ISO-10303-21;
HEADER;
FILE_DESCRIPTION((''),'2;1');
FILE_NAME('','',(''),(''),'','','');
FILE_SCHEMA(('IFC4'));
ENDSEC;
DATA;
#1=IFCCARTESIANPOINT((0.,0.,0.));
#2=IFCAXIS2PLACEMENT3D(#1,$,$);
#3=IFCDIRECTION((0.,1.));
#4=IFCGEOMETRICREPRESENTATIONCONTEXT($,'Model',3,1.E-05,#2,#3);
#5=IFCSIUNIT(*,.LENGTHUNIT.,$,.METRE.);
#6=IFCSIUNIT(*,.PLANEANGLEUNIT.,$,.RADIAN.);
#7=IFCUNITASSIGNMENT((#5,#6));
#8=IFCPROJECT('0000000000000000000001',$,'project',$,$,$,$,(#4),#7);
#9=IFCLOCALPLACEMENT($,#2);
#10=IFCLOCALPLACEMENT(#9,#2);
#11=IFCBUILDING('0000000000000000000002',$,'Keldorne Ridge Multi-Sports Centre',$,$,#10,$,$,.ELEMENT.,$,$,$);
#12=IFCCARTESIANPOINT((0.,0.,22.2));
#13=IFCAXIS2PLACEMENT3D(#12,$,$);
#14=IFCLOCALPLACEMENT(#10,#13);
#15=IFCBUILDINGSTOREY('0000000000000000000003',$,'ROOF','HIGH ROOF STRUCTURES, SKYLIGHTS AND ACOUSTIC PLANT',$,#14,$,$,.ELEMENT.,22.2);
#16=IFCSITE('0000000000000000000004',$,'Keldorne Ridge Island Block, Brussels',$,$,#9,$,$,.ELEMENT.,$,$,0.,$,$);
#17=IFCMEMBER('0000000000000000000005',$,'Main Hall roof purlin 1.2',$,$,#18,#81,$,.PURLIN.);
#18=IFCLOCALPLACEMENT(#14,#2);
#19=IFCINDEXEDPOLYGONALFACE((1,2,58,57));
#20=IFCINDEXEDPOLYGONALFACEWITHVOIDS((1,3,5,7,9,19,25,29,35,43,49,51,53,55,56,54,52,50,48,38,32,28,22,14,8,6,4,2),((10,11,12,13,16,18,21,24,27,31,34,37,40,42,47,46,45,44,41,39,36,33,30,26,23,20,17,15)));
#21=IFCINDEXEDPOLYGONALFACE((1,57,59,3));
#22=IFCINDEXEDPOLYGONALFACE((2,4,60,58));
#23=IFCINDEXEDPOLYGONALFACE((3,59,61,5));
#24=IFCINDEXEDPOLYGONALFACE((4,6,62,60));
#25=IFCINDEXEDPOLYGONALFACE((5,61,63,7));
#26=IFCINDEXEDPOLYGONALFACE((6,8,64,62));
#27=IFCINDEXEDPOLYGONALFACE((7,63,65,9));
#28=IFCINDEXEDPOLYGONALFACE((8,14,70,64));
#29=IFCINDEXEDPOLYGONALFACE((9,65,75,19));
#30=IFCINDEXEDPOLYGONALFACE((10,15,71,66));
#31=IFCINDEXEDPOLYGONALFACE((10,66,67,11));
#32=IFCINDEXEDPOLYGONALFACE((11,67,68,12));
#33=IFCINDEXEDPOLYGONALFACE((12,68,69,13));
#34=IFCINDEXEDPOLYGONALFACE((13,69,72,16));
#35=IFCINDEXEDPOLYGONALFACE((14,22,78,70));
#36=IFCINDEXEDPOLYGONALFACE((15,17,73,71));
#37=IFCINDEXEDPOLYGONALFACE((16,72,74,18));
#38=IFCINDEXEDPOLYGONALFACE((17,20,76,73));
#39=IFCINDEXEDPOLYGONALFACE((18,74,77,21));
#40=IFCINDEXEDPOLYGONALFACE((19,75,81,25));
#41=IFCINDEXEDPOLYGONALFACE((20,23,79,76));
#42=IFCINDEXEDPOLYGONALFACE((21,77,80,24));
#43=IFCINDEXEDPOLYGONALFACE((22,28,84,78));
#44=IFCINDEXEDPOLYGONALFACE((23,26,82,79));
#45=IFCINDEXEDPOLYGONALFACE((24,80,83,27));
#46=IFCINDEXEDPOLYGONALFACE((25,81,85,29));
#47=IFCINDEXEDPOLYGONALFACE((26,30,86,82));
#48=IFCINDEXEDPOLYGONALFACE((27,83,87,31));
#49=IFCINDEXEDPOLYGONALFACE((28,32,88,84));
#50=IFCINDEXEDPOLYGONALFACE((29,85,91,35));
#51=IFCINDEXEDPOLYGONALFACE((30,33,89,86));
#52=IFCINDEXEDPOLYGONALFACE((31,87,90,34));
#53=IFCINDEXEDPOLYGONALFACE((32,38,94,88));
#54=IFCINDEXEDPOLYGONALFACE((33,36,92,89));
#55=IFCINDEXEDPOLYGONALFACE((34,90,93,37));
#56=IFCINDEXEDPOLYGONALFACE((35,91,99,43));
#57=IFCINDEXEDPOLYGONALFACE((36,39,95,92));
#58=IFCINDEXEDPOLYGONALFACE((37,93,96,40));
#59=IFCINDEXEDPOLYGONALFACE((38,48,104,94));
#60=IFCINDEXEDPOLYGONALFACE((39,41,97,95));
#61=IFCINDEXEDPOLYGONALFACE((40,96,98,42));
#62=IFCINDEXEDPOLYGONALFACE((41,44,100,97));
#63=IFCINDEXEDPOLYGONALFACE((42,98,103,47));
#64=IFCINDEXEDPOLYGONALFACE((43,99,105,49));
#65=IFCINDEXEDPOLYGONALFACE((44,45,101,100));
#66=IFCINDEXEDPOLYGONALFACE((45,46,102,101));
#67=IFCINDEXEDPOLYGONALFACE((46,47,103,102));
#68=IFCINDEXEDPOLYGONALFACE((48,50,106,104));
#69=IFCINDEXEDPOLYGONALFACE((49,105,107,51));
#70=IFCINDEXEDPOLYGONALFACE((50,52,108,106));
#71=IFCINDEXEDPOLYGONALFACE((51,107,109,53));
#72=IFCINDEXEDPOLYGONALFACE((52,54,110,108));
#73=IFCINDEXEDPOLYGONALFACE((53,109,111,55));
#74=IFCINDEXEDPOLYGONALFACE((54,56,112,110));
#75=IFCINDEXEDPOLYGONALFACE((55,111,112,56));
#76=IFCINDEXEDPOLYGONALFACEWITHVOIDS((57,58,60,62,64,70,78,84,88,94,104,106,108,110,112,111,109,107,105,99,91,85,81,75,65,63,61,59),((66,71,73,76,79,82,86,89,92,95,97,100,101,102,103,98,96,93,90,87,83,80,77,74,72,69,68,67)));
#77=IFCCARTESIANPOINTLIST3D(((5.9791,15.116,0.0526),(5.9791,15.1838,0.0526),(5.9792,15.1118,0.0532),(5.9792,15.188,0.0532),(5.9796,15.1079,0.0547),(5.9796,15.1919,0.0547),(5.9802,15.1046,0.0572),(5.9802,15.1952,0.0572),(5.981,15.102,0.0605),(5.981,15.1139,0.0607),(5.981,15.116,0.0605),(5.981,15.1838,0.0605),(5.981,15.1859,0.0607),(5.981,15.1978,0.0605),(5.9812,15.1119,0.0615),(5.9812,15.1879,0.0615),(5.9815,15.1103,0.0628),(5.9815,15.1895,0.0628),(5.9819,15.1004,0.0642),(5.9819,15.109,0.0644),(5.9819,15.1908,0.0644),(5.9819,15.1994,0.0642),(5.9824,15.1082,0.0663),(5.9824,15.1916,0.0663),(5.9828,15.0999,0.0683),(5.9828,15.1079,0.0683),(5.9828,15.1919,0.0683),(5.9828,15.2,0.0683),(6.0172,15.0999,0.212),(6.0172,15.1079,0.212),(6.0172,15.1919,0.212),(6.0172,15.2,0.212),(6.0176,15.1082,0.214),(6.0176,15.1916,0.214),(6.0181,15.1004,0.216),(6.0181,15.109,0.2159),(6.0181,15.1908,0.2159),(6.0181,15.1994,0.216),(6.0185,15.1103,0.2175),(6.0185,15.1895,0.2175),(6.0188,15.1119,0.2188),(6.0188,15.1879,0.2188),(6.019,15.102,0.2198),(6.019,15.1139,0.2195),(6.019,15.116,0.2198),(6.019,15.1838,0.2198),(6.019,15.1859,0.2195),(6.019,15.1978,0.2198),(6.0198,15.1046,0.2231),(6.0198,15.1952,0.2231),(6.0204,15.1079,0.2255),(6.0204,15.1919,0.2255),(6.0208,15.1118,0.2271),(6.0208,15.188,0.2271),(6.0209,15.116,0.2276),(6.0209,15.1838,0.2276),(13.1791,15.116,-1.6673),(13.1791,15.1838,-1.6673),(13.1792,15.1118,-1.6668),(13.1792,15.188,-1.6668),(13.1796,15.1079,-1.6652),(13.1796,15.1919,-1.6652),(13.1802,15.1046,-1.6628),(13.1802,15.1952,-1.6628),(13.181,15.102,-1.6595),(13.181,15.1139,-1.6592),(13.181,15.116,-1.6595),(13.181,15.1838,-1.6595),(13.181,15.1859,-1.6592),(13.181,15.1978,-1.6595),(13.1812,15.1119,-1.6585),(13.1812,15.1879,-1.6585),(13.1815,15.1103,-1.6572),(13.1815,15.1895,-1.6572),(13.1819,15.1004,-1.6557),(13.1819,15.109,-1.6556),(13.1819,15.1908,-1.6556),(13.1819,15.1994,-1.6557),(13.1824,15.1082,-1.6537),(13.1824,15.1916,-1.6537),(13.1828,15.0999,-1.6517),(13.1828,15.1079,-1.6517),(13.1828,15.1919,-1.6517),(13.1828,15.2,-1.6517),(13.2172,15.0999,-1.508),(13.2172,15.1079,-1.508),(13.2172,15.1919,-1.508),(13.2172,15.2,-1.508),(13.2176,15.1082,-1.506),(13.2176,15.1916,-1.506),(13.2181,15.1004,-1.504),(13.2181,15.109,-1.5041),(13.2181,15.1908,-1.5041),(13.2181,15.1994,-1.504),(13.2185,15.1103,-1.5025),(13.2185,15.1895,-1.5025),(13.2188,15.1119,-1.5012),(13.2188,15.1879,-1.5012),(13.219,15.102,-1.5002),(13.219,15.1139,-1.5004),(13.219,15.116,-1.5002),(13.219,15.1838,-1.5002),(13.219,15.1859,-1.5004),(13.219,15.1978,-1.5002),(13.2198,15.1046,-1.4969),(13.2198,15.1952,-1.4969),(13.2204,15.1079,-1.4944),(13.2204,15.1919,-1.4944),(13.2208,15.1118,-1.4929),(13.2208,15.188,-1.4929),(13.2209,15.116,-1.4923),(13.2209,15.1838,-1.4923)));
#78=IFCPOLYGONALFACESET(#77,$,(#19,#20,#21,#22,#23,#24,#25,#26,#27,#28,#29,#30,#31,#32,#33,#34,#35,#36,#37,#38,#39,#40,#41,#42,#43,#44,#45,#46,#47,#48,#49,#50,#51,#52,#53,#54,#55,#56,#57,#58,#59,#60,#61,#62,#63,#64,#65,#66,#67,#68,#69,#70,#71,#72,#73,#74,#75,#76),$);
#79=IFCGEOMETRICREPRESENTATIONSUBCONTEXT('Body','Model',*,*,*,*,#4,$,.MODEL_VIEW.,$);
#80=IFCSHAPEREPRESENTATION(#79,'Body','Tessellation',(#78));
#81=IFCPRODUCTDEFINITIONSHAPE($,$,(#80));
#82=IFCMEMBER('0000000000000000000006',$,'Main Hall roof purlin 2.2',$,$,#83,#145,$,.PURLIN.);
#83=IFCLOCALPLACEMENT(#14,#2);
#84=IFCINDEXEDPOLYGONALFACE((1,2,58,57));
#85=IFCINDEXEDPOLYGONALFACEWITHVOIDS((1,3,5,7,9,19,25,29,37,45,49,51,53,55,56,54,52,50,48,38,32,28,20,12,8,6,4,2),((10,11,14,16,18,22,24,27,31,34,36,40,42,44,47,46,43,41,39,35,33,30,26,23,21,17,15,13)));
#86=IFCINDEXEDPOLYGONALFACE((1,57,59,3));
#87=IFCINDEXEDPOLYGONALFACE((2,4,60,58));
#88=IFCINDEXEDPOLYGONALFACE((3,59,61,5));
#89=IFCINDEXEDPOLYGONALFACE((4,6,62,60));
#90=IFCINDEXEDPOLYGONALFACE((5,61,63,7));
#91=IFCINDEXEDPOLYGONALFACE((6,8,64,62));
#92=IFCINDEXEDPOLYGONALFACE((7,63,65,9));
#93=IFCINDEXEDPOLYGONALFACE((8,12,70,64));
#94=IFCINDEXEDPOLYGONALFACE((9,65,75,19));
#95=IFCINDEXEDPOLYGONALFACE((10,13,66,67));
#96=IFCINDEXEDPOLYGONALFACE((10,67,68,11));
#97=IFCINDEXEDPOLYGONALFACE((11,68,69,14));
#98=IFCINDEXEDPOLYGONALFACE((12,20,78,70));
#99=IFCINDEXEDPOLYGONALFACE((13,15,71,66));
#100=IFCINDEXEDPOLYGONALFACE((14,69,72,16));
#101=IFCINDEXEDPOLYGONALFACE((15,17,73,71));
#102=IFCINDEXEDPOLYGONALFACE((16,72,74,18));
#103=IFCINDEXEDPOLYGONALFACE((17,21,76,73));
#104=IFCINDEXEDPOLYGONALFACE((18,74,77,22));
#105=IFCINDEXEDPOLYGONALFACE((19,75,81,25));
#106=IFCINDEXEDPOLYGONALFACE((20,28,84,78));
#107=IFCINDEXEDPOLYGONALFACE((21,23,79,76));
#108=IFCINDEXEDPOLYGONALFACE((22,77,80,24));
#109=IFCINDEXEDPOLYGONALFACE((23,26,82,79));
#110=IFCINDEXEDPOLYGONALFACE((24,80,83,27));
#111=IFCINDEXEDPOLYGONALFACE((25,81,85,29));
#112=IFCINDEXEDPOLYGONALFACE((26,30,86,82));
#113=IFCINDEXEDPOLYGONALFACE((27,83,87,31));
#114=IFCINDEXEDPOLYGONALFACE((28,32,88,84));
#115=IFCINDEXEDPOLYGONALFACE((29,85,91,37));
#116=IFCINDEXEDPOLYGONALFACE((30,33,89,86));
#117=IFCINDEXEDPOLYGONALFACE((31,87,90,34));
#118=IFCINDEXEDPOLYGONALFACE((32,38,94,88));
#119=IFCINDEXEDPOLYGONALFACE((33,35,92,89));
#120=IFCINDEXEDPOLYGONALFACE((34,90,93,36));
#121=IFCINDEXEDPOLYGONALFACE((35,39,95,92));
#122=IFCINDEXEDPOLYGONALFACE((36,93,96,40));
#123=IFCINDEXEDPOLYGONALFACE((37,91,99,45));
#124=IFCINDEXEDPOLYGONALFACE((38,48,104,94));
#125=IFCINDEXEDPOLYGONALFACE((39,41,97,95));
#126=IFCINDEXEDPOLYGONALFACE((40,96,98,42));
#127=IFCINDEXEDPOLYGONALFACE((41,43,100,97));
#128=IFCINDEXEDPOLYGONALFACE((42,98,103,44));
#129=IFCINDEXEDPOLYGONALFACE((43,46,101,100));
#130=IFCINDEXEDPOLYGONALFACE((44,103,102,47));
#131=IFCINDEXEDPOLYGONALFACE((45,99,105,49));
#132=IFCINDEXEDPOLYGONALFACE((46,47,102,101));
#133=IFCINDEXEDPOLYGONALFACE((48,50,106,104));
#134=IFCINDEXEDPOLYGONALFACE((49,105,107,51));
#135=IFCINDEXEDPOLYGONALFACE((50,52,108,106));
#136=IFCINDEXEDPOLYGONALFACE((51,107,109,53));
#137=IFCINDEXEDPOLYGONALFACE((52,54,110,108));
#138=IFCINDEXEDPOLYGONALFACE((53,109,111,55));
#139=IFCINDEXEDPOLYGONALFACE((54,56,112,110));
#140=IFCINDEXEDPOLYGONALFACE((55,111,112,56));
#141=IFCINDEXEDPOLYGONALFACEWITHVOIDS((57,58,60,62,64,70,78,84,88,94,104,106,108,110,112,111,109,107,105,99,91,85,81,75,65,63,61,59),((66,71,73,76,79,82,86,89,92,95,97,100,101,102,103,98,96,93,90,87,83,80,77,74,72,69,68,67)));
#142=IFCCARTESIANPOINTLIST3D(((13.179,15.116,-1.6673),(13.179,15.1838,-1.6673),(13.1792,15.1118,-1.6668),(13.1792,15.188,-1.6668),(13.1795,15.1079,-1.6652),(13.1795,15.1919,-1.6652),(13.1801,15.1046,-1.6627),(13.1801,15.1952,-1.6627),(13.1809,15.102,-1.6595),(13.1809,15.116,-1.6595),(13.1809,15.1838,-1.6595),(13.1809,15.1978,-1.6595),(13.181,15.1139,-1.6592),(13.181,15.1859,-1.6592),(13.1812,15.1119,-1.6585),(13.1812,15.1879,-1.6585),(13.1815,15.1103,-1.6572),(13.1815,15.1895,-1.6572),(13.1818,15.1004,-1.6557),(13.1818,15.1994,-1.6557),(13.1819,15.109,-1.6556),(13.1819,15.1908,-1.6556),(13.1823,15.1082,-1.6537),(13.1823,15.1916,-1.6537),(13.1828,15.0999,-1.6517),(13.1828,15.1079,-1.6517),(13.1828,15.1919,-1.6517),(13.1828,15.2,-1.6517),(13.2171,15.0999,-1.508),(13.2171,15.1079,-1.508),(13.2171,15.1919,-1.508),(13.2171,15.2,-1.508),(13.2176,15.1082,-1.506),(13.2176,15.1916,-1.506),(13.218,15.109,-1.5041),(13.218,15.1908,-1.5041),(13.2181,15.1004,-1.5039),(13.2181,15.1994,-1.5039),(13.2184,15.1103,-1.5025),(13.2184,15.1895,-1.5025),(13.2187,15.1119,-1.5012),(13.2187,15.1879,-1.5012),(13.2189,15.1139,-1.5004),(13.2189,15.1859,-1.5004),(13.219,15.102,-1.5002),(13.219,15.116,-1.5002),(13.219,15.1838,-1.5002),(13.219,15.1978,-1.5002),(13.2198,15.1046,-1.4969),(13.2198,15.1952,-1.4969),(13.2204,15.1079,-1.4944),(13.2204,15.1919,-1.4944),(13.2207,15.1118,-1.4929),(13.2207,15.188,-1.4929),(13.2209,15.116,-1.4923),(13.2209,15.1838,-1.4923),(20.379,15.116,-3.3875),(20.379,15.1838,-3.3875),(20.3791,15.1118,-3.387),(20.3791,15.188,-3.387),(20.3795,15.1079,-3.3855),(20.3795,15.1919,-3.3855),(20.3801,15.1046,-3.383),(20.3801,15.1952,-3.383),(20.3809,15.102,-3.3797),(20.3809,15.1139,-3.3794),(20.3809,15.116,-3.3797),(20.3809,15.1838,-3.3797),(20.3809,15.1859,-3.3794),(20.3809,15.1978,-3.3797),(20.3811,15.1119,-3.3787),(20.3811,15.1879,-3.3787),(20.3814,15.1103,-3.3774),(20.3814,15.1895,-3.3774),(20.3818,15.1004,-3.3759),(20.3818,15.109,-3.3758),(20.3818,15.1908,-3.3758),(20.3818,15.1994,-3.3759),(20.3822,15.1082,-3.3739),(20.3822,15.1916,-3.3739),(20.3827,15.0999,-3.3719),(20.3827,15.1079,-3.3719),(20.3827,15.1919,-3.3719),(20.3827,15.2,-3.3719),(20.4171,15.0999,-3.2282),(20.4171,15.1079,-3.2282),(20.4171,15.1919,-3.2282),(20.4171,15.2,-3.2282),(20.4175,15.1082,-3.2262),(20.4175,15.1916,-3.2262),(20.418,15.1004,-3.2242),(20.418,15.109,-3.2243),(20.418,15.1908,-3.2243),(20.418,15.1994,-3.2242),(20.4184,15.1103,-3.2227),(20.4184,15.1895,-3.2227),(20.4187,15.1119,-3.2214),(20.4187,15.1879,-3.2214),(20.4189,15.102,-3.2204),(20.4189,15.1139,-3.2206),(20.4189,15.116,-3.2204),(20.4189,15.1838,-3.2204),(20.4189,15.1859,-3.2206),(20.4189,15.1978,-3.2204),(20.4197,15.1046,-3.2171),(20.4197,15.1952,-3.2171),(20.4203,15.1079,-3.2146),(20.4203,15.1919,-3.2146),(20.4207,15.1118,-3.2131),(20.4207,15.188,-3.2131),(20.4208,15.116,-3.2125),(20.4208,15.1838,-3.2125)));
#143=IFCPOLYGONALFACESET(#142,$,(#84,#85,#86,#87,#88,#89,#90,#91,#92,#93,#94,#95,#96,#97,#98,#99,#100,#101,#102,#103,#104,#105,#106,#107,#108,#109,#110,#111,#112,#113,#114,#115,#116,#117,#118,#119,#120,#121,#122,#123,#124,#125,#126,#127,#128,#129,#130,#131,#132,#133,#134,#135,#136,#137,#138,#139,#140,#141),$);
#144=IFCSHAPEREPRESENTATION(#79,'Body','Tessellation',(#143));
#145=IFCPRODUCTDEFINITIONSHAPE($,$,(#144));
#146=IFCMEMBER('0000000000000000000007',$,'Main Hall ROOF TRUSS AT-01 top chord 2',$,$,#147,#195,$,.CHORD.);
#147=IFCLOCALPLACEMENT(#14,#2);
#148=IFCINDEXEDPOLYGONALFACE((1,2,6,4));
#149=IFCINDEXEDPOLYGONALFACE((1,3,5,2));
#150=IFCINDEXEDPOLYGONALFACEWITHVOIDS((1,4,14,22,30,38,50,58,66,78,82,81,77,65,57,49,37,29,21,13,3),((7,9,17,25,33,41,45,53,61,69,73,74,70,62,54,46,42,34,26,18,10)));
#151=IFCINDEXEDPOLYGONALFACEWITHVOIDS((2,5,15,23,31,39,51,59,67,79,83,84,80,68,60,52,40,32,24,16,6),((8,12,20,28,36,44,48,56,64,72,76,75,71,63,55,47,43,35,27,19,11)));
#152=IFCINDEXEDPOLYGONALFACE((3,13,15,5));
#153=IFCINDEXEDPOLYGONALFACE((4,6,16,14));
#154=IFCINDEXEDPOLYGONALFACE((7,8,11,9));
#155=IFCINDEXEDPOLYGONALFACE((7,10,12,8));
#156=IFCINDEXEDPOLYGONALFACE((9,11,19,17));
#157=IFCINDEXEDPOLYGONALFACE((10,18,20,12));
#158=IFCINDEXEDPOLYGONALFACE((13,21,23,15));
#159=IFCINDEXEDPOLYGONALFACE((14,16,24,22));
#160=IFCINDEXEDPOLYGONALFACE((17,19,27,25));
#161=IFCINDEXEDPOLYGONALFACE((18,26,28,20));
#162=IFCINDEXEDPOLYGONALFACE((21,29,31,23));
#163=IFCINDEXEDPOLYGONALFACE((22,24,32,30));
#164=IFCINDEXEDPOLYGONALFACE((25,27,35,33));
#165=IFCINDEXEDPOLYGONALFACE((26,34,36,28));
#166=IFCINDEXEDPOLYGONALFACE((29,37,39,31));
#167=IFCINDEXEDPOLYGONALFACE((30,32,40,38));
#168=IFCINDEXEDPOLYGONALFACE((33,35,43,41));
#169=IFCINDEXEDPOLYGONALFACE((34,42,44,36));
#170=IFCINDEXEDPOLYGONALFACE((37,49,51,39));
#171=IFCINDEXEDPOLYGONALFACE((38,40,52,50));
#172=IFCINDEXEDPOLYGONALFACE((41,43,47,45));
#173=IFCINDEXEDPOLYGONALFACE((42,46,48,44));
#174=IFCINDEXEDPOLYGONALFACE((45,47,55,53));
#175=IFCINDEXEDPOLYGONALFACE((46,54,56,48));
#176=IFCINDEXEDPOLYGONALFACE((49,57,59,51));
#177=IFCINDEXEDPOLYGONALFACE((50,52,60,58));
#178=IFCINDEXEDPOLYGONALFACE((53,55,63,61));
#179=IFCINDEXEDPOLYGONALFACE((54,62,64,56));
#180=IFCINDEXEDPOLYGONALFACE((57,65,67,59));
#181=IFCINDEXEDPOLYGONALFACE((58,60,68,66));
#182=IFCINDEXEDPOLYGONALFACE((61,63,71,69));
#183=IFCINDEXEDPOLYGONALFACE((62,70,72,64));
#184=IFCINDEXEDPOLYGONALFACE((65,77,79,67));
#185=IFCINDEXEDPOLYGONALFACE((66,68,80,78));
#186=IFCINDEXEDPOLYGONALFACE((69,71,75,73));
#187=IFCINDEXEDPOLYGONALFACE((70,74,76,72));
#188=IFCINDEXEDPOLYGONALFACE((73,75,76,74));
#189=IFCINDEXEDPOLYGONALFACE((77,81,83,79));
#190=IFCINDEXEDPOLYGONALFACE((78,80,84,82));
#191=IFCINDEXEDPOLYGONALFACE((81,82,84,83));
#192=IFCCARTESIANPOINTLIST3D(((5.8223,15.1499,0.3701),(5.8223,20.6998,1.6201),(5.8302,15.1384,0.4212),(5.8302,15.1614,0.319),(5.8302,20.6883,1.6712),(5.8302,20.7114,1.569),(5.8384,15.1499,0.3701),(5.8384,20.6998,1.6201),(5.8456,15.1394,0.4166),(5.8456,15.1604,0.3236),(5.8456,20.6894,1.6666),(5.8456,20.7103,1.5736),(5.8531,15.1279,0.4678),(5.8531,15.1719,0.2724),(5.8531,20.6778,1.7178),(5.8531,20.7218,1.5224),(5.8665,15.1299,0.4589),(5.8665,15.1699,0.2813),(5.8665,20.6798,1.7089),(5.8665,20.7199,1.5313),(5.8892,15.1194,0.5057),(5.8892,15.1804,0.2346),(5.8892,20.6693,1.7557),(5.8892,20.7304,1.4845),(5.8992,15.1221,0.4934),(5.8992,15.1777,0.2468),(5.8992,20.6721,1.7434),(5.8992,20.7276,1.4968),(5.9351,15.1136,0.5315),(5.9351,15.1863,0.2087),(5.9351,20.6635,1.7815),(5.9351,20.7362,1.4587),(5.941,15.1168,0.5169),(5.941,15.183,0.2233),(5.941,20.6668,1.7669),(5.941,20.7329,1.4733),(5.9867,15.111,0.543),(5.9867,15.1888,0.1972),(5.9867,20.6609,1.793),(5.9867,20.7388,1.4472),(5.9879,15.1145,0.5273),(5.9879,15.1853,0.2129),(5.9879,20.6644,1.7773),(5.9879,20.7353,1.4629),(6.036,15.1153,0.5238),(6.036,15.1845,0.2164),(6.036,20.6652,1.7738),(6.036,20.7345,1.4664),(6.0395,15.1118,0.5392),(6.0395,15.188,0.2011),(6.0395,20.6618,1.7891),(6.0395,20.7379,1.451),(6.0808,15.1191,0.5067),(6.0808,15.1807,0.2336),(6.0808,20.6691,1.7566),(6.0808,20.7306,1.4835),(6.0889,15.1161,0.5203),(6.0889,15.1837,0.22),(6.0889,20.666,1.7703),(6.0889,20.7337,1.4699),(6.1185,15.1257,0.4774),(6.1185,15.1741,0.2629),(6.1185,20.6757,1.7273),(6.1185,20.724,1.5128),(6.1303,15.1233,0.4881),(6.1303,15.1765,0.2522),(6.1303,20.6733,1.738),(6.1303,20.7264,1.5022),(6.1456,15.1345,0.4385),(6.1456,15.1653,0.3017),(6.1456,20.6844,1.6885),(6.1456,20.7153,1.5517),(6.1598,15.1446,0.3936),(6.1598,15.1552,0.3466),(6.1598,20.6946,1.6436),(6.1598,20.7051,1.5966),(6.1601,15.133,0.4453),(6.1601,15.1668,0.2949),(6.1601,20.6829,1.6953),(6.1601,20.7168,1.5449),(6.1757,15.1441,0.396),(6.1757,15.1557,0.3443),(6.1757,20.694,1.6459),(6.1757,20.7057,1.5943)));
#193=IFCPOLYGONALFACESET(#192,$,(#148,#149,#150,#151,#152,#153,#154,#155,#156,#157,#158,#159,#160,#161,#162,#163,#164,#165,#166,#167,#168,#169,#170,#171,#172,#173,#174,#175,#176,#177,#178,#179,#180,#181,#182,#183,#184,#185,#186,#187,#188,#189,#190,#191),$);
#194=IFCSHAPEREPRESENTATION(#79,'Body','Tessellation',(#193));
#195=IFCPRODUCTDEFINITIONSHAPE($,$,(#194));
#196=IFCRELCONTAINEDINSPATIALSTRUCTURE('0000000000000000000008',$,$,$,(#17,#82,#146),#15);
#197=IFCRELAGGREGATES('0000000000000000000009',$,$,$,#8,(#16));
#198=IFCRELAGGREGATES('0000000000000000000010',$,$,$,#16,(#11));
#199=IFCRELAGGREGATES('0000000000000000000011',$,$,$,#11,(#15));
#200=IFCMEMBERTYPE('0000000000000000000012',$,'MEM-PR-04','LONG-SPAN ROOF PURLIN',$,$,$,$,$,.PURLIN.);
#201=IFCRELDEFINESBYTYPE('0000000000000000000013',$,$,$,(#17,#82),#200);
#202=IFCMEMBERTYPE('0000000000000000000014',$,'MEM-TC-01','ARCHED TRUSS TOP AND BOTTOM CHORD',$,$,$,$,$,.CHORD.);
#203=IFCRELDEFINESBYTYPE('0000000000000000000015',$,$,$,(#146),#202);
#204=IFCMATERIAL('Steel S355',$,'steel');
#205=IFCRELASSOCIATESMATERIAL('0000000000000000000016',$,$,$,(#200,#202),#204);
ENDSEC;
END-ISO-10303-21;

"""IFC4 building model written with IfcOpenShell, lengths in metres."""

from ifc_helpers import new_model, si_unit, direction, frame, origin, origin_2d, place, context, subcontext, project, spatial, hollow_rectangle, hollow_circle, extrude, material, material_profile, profile_set, type_object, element, save


model = new_model("IFC4")

# Units and contexts
model_context = context("Model", 3, precision=1e-05, world=origin(), true_north=direction((0.0, 1.0)))
body_context = subcontext(model_context, "Body", "Model", "MODEL_VIEW")
ifc_project = project(units=[si_unit("LENGTHUNIT", "METRE"), si_unit("PLANEANGLEUNIT", "RADIAN")], contexts=[model_context])

# Site, building, storey
site_placement = place(None, origin())
site = spatial("IfcSite", under=ifc_project, at=site_placement, Name="Keldorne Ridge Island Block, Brussels", CompositionType="ELEMENT", RefElevation=0.0)
building_placement = place(site_placement, origin())
building = spatial("IfcBuilding", under=site, at=building_placement, Name="Keldorne Ridge Multi-Sports Centre", CompositionType="ELEMENT")
storey_placement = place(building_placement, frame((0.0, 0.0, 22.2)))
storey = spatial("IfcBuildingStorey", under=building, at=storey_placement, Name="ROOF", Description="HIGH ROOF STRUCTURES, SKYLIGHTS AND ACOUSTIC PLANT", CompositionType="ELEMENT", Elevation=22.2)

# Members
ifc_material = material(Name="Steel S355", Category="steel")
ifc_material_profile_1 = material_profile(ifc_material, hollow_rectangle(XDim=0.1001, YDim=0.1799, WallThickness=0.0081, InnerFilletRadius=0.0081, OuterFilletRadius=0.0161, at=origin_2d()), Name="RHS 180x100x8")
ifc_profile_set_1 = profile_set([ifc_material_profile_1], Name="Steel S355")
member_type_1 = type_object("IfcMemberType", Name="MEM-PR-04", Description="LONG-SPAN ROOF PURLIN", PredefinedType="PURLIN", material=ifc_profile_set_1)
for number, where, z_axis, x_axis, name in (
    (1, (6.0, 15.1499, 0.1401), (0.972633, 0.0, -0.232349), (0.0, 1.0, 0.0), "Main Hall roof purlin 1.2"),
    (2, (13.2, 15.1499, -1.5798), (0.972625, 0.0, -0.23238), (0.0, 1.0, 0.0), "Main Hall roof purlin 2.2"),
):
    element("IfcMember", number, at=place(storey_placement, frame(where, z_axis=z_axis, x_axis=x_axis)), inside=storey, type_object=member_type_1, Name=name, PredefinedType="PURLIN", context=body_context, shape_type="SweptSolid", body=[
        extrude(hollow_rectangle(XDim=0.1001, YDim=0.1799, WallThickness=0.0081, InnerFilletRadius=0.0081, OuterFilletRadius=0.0161, at=origin_2d()), origin(), (0.0, 0.0, 1.0), 7.4026),
    ])
ifc_material_profile_2 = material_profile(ifc_material, hollow_circle(Radius=0.1777, WallThickness=0.0161, at=origin_2d()), Name="CHS 355.6x16")
ifc_profile_set_2 = profile_set([ifc_material_profile_2], Name="Steel S355")
member_type_2 = type_object("IfcMemberType", Name="MEM-TC-01", Description="ARCHED TRUSS TOP AND BOTTOM CHORD", PredefinedType="CHORD", material=ifc_profile_set_2)
member_1_placement = place(storey_placement, frame((6.0, 15.1499, 0.3701), z_axis=(0.0, 0.975563, 0.219719), x_axis=(-1.0, 0.0, 0.0)))
element("IfcMember", 3, at=member_1_placement, inside=storey, type_object=member_type_2, Name="Main Hall ROOF TRUSS AT-01 top chord 2", PredefinedType="CHORD", context=body_context, shape_type="SweptSolid", body=[
    extrude(hollow_circle(Radius=0.1777, WallThickness=0.0161, at=origin_2d()), origin(), (0.0, 0.0, 1.0), 5.689),
])

save(model, "model.ifc")
